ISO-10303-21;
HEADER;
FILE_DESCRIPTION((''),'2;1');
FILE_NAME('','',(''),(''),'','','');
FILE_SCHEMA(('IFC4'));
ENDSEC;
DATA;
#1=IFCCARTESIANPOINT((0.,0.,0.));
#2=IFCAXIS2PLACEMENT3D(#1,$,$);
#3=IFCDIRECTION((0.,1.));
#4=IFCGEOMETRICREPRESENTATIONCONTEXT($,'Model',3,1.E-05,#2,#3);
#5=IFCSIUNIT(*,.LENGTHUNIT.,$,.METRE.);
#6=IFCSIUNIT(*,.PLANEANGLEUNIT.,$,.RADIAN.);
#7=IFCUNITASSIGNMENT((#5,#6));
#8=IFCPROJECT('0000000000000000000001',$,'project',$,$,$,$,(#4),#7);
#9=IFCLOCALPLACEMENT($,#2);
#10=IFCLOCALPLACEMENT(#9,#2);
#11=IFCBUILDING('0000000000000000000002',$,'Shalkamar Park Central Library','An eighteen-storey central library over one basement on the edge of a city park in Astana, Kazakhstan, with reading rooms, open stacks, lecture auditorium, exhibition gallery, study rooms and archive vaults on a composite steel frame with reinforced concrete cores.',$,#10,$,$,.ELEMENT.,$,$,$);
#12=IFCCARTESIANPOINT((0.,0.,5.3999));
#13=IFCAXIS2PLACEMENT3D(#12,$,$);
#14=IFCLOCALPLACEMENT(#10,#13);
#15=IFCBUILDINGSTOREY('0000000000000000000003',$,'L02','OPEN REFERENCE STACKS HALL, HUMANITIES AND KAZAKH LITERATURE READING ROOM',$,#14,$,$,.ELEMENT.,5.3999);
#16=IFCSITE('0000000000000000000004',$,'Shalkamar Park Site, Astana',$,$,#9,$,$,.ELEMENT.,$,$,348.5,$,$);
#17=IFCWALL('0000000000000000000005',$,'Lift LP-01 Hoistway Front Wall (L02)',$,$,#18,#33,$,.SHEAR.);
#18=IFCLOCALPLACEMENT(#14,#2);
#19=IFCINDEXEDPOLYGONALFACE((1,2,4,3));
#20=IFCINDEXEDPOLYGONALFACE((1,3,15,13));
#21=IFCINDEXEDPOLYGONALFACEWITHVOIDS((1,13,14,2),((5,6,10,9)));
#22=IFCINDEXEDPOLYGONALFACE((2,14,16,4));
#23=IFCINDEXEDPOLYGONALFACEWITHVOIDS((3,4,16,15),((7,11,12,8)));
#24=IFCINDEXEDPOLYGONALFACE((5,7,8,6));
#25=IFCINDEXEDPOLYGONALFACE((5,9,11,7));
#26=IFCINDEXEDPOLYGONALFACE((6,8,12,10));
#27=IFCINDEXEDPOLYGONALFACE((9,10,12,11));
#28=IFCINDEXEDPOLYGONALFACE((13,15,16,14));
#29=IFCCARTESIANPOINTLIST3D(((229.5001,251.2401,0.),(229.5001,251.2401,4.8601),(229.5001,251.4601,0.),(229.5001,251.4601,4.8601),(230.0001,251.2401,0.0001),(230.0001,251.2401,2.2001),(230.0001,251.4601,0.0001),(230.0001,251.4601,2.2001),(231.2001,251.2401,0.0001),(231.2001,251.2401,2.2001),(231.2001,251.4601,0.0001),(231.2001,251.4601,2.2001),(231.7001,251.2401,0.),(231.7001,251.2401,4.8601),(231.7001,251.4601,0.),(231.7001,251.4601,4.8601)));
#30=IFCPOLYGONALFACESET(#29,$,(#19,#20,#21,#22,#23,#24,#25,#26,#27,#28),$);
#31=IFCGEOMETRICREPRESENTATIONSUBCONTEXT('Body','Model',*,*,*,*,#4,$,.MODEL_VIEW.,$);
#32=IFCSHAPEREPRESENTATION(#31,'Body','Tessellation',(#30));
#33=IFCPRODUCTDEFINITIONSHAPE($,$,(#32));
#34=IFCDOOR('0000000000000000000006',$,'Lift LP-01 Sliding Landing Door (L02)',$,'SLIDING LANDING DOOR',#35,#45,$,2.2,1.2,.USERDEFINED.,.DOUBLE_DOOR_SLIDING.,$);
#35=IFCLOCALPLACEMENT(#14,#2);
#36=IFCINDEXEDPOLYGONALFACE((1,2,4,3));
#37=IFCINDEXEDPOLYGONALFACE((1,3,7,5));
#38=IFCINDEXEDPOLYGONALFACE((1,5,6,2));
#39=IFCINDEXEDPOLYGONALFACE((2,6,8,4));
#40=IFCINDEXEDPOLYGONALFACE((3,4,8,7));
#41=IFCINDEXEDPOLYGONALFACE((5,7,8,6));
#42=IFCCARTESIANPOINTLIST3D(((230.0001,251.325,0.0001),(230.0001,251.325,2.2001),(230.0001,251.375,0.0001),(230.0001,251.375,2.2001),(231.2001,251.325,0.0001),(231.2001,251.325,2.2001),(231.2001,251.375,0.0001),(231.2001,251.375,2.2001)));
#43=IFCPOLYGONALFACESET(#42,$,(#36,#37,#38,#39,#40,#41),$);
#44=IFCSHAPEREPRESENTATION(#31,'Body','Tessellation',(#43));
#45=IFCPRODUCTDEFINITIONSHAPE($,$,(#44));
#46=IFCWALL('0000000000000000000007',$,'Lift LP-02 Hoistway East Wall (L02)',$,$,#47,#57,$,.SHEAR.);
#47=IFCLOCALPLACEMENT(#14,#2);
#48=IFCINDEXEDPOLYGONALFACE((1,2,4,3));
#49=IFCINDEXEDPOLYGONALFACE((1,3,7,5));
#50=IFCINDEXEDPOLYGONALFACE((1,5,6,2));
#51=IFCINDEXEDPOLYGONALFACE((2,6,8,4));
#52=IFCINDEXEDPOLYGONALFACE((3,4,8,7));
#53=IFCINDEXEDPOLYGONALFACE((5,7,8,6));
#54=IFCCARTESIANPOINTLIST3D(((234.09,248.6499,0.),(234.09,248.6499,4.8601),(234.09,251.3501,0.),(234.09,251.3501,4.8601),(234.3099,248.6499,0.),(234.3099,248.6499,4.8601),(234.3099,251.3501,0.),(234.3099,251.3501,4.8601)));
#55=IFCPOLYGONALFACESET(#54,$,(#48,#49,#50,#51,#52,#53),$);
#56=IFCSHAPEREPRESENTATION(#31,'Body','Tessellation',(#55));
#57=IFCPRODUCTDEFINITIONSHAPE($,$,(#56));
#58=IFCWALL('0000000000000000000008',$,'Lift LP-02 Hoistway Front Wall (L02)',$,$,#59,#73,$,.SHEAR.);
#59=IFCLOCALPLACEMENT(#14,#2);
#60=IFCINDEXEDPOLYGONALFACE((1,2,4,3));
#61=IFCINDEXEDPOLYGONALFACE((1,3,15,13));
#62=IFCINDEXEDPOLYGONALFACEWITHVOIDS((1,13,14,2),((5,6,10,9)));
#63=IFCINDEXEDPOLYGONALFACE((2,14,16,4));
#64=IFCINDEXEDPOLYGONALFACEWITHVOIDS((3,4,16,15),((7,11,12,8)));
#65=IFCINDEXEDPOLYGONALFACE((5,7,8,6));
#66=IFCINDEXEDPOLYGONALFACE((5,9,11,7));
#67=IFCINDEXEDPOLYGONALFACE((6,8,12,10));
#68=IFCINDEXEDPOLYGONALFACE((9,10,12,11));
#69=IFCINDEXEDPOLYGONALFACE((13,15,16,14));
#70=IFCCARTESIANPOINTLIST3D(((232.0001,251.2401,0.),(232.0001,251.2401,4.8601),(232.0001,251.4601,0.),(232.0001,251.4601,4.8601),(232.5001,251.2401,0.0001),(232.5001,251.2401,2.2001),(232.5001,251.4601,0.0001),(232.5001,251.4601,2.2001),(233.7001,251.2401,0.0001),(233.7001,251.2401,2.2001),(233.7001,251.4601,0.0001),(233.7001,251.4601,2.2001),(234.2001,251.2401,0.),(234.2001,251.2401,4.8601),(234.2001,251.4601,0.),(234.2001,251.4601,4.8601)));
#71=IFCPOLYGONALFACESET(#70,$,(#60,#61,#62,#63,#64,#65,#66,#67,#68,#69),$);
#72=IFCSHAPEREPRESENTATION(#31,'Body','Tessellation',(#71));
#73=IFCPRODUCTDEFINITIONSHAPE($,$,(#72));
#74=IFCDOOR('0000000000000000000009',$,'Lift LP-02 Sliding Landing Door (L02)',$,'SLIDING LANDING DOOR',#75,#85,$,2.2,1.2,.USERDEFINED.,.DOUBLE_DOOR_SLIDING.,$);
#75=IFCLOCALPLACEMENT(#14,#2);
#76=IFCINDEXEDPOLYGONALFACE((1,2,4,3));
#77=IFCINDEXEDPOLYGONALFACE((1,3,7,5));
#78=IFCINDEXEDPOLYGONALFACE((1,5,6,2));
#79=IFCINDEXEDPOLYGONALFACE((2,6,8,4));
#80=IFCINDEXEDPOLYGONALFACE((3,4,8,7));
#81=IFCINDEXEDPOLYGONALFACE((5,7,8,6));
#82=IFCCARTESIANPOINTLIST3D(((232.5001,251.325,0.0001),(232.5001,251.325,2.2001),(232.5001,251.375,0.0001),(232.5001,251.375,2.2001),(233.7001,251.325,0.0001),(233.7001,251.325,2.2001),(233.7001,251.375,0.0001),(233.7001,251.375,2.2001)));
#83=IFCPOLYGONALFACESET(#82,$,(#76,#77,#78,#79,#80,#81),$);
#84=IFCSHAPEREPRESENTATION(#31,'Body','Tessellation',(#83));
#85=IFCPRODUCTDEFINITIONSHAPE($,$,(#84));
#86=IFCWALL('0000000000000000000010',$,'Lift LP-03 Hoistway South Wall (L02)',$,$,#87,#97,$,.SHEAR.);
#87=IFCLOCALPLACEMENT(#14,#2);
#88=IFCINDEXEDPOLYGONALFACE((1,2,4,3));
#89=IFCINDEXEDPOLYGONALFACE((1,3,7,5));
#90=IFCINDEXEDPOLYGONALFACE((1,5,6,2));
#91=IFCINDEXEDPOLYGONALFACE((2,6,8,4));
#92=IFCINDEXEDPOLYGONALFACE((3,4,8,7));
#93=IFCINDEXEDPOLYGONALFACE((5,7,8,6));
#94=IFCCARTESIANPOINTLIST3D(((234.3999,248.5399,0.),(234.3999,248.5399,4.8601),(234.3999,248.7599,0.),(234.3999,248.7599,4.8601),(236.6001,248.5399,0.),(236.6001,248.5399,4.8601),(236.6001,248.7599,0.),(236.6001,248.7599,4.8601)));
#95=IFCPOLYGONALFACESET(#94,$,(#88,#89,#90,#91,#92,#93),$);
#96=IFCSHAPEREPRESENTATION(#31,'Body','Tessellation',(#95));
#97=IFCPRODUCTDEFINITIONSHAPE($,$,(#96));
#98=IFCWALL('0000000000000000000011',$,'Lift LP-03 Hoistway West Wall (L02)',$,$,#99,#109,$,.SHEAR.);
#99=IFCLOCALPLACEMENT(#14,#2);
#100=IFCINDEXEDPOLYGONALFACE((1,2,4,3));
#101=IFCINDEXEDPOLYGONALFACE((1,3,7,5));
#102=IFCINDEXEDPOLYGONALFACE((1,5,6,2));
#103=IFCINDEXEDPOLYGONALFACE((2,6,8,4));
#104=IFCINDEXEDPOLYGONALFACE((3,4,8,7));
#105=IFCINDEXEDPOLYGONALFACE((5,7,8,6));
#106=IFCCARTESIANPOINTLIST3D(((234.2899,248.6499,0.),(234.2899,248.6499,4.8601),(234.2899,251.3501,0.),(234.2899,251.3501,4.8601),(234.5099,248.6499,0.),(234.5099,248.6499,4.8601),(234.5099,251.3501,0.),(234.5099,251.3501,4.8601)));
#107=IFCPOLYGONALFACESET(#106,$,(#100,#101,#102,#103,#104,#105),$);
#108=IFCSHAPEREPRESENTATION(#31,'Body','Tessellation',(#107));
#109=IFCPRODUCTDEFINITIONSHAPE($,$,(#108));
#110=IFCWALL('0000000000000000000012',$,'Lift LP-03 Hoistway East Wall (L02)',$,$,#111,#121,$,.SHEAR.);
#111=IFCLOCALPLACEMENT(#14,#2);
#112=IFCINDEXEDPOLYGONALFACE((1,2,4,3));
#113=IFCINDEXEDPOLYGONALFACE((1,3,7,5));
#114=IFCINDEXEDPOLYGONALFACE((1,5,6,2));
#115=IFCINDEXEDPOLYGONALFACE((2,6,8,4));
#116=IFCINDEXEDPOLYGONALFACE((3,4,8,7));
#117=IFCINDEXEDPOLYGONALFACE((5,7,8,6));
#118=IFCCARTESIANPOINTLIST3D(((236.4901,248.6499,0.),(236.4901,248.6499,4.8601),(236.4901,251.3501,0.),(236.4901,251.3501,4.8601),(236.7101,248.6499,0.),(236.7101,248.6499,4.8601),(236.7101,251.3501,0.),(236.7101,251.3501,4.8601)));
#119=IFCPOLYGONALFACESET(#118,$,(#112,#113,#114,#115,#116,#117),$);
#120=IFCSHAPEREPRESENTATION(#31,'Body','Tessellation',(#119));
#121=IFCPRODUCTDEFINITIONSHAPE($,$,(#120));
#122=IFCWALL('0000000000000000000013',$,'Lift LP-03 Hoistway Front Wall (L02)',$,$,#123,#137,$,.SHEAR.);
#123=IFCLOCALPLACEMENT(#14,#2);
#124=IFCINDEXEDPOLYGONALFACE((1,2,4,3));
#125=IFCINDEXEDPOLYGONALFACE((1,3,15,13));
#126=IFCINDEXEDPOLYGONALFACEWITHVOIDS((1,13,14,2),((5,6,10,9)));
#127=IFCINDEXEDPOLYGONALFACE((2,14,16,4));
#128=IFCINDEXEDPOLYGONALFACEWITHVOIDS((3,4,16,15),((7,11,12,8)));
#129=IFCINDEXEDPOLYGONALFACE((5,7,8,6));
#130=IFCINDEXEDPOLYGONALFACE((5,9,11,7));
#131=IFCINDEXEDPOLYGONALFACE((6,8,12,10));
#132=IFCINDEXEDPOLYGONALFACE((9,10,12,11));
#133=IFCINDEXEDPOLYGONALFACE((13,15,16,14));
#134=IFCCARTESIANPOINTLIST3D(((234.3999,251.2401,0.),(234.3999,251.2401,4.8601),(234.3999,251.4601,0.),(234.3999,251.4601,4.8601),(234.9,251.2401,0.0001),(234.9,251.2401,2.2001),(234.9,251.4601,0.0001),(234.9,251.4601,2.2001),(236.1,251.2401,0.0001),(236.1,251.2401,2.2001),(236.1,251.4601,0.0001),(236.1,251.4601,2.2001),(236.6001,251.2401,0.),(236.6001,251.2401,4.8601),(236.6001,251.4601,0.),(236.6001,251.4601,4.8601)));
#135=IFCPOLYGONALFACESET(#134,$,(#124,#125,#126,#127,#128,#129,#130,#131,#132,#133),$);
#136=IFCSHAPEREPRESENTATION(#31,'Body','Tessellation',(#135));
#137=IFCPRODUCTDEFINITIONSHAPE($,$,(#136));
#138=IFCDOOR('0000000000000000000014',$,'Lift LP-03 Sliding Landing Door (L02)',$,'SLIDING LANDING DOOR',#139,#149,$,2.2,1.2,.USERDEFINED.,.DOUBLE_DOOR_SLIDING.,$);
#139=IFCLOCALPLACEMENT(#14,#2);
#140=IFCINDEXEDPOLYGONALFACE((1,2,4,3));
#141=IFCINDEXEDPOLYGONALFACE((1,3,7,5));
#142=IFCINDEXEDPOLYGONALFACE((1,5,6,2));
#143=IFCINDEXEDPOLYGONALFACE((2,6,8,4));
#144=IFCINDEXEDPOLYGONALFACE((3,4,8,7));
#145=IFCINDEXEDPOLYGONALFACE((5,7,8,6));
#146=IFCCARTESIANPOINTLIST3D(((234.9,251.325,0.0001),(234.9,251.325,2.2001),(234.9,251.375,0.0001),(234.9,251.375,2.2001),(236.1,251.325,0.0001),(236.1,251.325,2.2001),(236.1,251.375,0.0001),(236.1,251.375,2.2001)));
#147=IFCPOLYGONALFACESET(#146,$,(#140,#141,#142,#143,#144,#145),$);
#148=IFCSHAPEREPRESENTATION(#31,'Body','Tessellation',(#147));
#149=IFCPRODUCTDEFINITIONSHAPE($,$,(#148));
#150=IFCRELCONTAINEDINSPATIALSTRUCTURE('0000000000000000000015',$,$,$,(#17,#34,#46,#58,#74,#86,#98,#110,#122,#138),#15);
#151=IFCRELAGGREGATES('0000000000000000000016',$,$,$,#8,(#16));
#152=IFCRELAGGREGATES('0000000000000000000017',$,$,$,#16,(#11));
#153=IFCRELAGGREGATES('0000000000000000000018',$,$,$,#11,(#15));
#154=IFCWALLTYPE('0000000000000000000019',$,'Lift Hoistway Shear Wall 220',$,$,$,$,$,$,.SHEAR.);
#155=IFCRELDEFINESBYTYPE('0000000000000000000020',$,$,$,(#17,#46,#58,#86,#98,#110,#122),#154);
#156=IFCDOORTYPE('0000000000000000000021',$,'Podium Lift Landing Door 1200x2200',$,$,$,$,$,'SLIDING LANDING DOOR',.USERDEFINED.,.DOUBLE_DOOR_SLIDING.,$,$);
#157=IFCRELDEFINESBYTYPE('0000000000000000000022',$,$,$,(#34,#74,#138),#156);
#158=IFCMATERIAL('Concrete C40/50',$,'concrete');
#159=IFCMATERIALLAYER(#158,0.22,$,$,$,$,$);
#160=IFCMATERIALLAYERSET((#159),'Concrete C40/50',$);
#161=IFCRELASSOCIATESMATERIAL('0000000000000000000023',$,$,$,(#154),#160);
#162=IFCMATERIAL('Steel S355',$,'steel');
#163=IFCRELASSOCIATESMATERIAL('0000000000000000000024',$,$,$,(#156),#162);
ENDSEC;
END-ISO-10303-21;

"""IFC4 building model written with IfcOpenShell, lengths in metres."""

from ifc_helpers import new_model, si_unit, direction, frame, frame_2d, origin, place, context, subcontext, project, spatial, rectangle, extrude, material, layer, layer_set, type_object, element, fill, save


model = new_model("IFC4")

# Units and contexts
model_context = context("Model", 3, precision=1e-05, world=origin(), true_north=direction((0.0, 1.0)))
body_context = subcontext(model_context, "Body", "Model", "MODEL_VIEW")
ifc_project = project(units=[si_unit("LENGTHUNIT", "METRE"), si_unit("PLANEANGLEUNIT", "RADIAN")], contexts=[model_context])

# Site, building, storey
site_placement = place(None, origin())
site = spatial("IfcSite", under=ifc_project, at=site_placement, Name="Shalkamar Park Site, Astana", CompositionType="ELEMENT", RefElevation=348.5)
building_placement = place(site_placement, origin())
building = spatial("IfcBuilding", under=site, at=building_placement, Name="Shalkamar Park Central Library", Description="An eighteen-storey central library over one basement on the edge of a city park in Astana, Kazakhstan, with reading rooms, open stacks, lecture auditorium, exhibition gallery, study rooms and archive vaults on a composite steel frame with reinforced concrete cores.", CompositionType="ELEMENT")
storey_placement = place(building_placement, frame((0.0, 0.0, 5.3999)))
storey = spatial("IfcBuildingStorey", under=building, at=storey_placement, Name="L02", Description="OPEN REFERENCE STACKS HALL, HUMANITIES AND KAZAKH LITERATURE READING ROOM", CompositionType="ELEMENT", Elevation=5.3999)

# Shared definitions
ifc_material_1 = material(Name="Steel S355", Category="steel")

# Wall, opening, door
ifc_material_2 = material(Name="Concrete C40/50", Category="concrete")
ifc_layer_1 = layer(ifc_material_2, 0.22)
ifc_layer_set_1 = layer_set([ifc_layer_1], Name="Concrete C40/50")
wall_type_1 = type_object("IfcWallType", Name="Lift Hoistway Shear Wall 220", PredefinedType="SHEAR", material=ifc_layer_set_1)
wall_1_placement = place(storey_placement, frame((229.5, 251.3501, 0.0), z_axis=(0.0, 0.0, 1.0), x_axis=(1.0, 0.0, 0.0)))
wall_1 = element("IfcWall", 1, at=wall_1_placement, inside=storey, type_object=wall_type_1, Name="Lift LP-01 Hoistway Front Wall (L02)", PredefinedType="SHEAR", context=body_context, shape_type="SweptSolid", body=[
    extrude(rectangle(XDim=2.2, YDim=0.22, at=frame_2d((1.1001, 0.0))), origin(), (0.0, 0.0, 1.0), 4.8601),
])
opening_1_placement = place(wall_1_placement, frame((0.5, 0.0, 0.0)))
opening_1 = element("IfcOpeningElement", 2, at=opening_1_placement, cuts=wall_1, PredefinedType="OPENING", context=body_context, shape_type="SweptSolid", body=[
    extrude(rectangle(XDim=1.2, YDim=2.2, at=frame_2d((0.6001, 1.1001))), frame((0.0, 0.125, 0.0), z_axis=(0.0, -1.0, 0.0), x_axis=(1.0, 0.0, 0.0)), (0.0, 0.0, 1.0), 0.2498),
])
door_type_1 = type_object("IfcDoorType", Name="Podium Lift Landing Door 1200x2200", ElementType="SLIDING LANDING DOOR", OperationType="DOUBLE_DOOR_SLIDING", PredefinedType="USERDEFINED", material=ifc_material_1)
door_1_placement = place(opening_1_placement, origin())
door_1 = element("IfcDoor", 3, at=door_1_placement, inside=storey, type_object=door_type_1, Name="Lift LP-01 Sliding Landing Door (L02)", ObjectType="SLIDING LANDING DOOR", OperationType="DOUBLE_DOOR_SLIDING", OverallHeight=2.2, OverallWidth=1.2, PredefinedType="USERDEFINED", context=body_context, shape_type="SweptSolid", body=[
    extrude(rectangle(XDim=1.2, YDim=2.2, at=frame_2d((0.6001, 1.1001))), frame((0.0, 0.0249, 0.0), z_axis=(0.0, -1.0, 0.0), x_axis=(1.0, 0.0, 0.0)), (0.0, 0.0, 1.0), 0.05),
])
fill(opening_1, door_1)

# Wall
wall_2_placement = place(storey_placement, frame((234.2, 248.6499, 0.0), z_axis=(0.0, 0.0, 1.0), x_axis=(0.0, 1.0, 0.0)))
element("IfcWall", 4, at=wall_2_placement, inside=storey, type_object=wall_type_1, Name="Lift LP-02 Hoistway East Wall (L02)", PredefinedType="SHEAR", context=body_context, shape_type="SweptSolid", body=[
    extrude(rectangle(XDim=2.7002, YDim=0.22, at=frame_2d((1.3501, 0.0))), origin(), (0.0, 0.0, 1.0), 4.8601),
])

# Wall, opening, door
wall_3_placement = place(storey_placement, frame((232.0, 251.3501, 0.0), z_axis=(0.0, 0.0, 1.0), x_axis=(1.0, 0.0, 0.0)))
wall_3 = element("IfcWall", 5, at=wall_3_placement, inside=storey, type_object=wall_type_1, Name="Lift LP-02 Hoistway Front Wall (L02)", PredefinedType="SHEAR", context=body_context, shape_type="SweptSolid", body=[
    extrude(rectangle(XDim=2.2, YDim=0.22, at=frame_2d((1.1001, 0.0))), origin(), (0.0, 0.0, 1.0), 4.8601),
])
opening_2_placement = place(wall_3_placement, frame((0.5, 0.0, 0.0)))
opening_2 = element("IfcOpeningElement", 6, at=opening_2_placement, cuts=wall_3, PredefinedType="OPENING", context=body_context, shape_type="SweptSolid", body=[
    extrude(rectangle(XDim=1.2, YDim=2.2, at=frame_2d((0.6001, 1.1001))), frame((0.0, 0.125, 0.0), z_axis=(0.0, -1.0, 0.0), x_axis=(1.0, 0.0, 0.0)), (0.0, 0.0, 1.0), 0.2498),
])
door_2_placement = place(opening_2_placement, origin())
door_2 = element("IfcDoor", 7, at=door_2_placement, inside=storey, type_object=door_type_1, Name="Lift LP-02 Sliding Landing Door (L02)", ObjectType="SLIDING LANDING DOOR", OperationType="DOUBLE_DOOR_SLIDING", OverallHeight=2.2, OverallWidth=1.2, PredefinedType="USERDEFINED", context=body_context, shape_type="SweptSolid", body=[
    extrude(rectangle(XDim=1.2, YDim=2.2, at=frame_2d((0.6001, 1.1001))), frame((0.0, 0.0249, 0.0), z_axis=(0.0, -1.0, 0.0), x_axis=(1.0, 0.0, 0.0)), (0.0, 0.0, 1.0), 0.05),
])
fill(opening_2, door_2)

# Walls
wall_4_placement = place(storey_placement, frame((234.3999, 248.6499, 0.0), z_axis=(0.0, 0.0, 1.0), x_axis=(1.0, 0.0, 0.0)))
element("IfcWall", 8, at=wall_4_placement, inside=storey, type_object=wall_type_1, Name="Lift LP-03 Hoistway South Wall (L02)", PredefinedType="SHEAR", context=body_context, shape_type="SweptSolid", body=[
    extrude(rectangle(XDim=2.2002, YDim=0.22, at=frame_2d((1.1001, 0.0))), origin(), (0.0, 0.0, 1.0), 4.8601),
])
for number, where, z_axis, x_axis, name in (
    (9, (234.3999, 248.6499, 0.0), (0.0, 0.0, 1.0), (0.0, 1.0, 0.0), "Lift LP-03 Hoistway West Wall (L02)"),
    (10, (236.6001, 248.6499, 0.0), (0.0, 0.0, 1.0), (0.0, 1.0, 0.0), "Lift LP-03 Hoistway East Wall (L02)"),
):
    element("IfcWall", number, at=place(storey_placement, frame(where, z_axis=z_axis, x_axis=x_axis)), inside=storey, type_object=wall_type_1, Name=name, PredefinedType="SHEAR", context=body_context, shape_type="SweptSolid", body=[
        extrude(rectangle(XDim=2.7002, YDim=0.22, at=frame_2d((1.3501, 0.0))), origin(), (0.0, 0.0, 1.0), 4.8601),
    ])

# Wall, opening, door
wall_5_placement = place(storey_placement, frame((234.3999, 251.3501, 0.0), z_axis=(0.0, 0.0, 1.0), x_axis=(1.0, 0.0, 0.0)))
wall_5 = element("IfcWall", 11, at=wall_5_placement, inside=storey, type_object=wall_type_1, Name="Lift LP-03 Hoistway Front Wall (L02)", PredefinedType="SHEAR", context=body_context, shape_type="SweptSolid", body=[
    extrude(rectangle(XDim=2.2002, YDim=0.22, at=frame_2d((1.1001, 0.0))), origin(), (0.0, 0.0, 1.0), 4.8601),
])
opening_3_placement = place(wall_5_placement, frame((0.5, 0.0, 0.0)))
opening_3 = element("IfcOpeningElement", 12, at=opening_3_placement, cuts=wall_5, PredefinedType="OPENING", context=body_context, shape_type="SweptSolid", body=[
    extrude(rectangle(XDim=1.2, YDim=2.2, at=frame_2d((0.6001, 1.1001))), frame((0.0, 0.125, 0.0), z_axis=(0.0, -1.0, 0.0), x_axis=(1.0, 0.0, 0.0)), (0.0, 0.0, 1.0), 0.2498),
])
door_3_placement = place(opening_3_placement, origin())
door_3 = element("IfcDoor", 13, at=door_3_placement, inside=storey, type_object=door_type_1, Name="Lift LP-03 Sliding Landing Door (L02)", ObjectType="SLIDING LANDING DOOR", OperationType="DOUBLE_DOOR_SLIDING", OverallHeight=2.2, OverallWidth=1.2, PredefinedType="USERDEFINED", context=body_context, shape_type="SweptSolid", body=[
    extrude(rectangle(XDim=1.2, YDim=2.2, at=frame_2d((0.6001, 1.1001))), frame((0.0, 0.0249, 0.0), z_axis=(0.0, -1.0, 0.0), x_axis=(1.0, 0.0, 0.0)), (0.0, 0.0, 1.0), 0.05),
])
fill(opening_3, door_3)

save(model, "model.ifc")
